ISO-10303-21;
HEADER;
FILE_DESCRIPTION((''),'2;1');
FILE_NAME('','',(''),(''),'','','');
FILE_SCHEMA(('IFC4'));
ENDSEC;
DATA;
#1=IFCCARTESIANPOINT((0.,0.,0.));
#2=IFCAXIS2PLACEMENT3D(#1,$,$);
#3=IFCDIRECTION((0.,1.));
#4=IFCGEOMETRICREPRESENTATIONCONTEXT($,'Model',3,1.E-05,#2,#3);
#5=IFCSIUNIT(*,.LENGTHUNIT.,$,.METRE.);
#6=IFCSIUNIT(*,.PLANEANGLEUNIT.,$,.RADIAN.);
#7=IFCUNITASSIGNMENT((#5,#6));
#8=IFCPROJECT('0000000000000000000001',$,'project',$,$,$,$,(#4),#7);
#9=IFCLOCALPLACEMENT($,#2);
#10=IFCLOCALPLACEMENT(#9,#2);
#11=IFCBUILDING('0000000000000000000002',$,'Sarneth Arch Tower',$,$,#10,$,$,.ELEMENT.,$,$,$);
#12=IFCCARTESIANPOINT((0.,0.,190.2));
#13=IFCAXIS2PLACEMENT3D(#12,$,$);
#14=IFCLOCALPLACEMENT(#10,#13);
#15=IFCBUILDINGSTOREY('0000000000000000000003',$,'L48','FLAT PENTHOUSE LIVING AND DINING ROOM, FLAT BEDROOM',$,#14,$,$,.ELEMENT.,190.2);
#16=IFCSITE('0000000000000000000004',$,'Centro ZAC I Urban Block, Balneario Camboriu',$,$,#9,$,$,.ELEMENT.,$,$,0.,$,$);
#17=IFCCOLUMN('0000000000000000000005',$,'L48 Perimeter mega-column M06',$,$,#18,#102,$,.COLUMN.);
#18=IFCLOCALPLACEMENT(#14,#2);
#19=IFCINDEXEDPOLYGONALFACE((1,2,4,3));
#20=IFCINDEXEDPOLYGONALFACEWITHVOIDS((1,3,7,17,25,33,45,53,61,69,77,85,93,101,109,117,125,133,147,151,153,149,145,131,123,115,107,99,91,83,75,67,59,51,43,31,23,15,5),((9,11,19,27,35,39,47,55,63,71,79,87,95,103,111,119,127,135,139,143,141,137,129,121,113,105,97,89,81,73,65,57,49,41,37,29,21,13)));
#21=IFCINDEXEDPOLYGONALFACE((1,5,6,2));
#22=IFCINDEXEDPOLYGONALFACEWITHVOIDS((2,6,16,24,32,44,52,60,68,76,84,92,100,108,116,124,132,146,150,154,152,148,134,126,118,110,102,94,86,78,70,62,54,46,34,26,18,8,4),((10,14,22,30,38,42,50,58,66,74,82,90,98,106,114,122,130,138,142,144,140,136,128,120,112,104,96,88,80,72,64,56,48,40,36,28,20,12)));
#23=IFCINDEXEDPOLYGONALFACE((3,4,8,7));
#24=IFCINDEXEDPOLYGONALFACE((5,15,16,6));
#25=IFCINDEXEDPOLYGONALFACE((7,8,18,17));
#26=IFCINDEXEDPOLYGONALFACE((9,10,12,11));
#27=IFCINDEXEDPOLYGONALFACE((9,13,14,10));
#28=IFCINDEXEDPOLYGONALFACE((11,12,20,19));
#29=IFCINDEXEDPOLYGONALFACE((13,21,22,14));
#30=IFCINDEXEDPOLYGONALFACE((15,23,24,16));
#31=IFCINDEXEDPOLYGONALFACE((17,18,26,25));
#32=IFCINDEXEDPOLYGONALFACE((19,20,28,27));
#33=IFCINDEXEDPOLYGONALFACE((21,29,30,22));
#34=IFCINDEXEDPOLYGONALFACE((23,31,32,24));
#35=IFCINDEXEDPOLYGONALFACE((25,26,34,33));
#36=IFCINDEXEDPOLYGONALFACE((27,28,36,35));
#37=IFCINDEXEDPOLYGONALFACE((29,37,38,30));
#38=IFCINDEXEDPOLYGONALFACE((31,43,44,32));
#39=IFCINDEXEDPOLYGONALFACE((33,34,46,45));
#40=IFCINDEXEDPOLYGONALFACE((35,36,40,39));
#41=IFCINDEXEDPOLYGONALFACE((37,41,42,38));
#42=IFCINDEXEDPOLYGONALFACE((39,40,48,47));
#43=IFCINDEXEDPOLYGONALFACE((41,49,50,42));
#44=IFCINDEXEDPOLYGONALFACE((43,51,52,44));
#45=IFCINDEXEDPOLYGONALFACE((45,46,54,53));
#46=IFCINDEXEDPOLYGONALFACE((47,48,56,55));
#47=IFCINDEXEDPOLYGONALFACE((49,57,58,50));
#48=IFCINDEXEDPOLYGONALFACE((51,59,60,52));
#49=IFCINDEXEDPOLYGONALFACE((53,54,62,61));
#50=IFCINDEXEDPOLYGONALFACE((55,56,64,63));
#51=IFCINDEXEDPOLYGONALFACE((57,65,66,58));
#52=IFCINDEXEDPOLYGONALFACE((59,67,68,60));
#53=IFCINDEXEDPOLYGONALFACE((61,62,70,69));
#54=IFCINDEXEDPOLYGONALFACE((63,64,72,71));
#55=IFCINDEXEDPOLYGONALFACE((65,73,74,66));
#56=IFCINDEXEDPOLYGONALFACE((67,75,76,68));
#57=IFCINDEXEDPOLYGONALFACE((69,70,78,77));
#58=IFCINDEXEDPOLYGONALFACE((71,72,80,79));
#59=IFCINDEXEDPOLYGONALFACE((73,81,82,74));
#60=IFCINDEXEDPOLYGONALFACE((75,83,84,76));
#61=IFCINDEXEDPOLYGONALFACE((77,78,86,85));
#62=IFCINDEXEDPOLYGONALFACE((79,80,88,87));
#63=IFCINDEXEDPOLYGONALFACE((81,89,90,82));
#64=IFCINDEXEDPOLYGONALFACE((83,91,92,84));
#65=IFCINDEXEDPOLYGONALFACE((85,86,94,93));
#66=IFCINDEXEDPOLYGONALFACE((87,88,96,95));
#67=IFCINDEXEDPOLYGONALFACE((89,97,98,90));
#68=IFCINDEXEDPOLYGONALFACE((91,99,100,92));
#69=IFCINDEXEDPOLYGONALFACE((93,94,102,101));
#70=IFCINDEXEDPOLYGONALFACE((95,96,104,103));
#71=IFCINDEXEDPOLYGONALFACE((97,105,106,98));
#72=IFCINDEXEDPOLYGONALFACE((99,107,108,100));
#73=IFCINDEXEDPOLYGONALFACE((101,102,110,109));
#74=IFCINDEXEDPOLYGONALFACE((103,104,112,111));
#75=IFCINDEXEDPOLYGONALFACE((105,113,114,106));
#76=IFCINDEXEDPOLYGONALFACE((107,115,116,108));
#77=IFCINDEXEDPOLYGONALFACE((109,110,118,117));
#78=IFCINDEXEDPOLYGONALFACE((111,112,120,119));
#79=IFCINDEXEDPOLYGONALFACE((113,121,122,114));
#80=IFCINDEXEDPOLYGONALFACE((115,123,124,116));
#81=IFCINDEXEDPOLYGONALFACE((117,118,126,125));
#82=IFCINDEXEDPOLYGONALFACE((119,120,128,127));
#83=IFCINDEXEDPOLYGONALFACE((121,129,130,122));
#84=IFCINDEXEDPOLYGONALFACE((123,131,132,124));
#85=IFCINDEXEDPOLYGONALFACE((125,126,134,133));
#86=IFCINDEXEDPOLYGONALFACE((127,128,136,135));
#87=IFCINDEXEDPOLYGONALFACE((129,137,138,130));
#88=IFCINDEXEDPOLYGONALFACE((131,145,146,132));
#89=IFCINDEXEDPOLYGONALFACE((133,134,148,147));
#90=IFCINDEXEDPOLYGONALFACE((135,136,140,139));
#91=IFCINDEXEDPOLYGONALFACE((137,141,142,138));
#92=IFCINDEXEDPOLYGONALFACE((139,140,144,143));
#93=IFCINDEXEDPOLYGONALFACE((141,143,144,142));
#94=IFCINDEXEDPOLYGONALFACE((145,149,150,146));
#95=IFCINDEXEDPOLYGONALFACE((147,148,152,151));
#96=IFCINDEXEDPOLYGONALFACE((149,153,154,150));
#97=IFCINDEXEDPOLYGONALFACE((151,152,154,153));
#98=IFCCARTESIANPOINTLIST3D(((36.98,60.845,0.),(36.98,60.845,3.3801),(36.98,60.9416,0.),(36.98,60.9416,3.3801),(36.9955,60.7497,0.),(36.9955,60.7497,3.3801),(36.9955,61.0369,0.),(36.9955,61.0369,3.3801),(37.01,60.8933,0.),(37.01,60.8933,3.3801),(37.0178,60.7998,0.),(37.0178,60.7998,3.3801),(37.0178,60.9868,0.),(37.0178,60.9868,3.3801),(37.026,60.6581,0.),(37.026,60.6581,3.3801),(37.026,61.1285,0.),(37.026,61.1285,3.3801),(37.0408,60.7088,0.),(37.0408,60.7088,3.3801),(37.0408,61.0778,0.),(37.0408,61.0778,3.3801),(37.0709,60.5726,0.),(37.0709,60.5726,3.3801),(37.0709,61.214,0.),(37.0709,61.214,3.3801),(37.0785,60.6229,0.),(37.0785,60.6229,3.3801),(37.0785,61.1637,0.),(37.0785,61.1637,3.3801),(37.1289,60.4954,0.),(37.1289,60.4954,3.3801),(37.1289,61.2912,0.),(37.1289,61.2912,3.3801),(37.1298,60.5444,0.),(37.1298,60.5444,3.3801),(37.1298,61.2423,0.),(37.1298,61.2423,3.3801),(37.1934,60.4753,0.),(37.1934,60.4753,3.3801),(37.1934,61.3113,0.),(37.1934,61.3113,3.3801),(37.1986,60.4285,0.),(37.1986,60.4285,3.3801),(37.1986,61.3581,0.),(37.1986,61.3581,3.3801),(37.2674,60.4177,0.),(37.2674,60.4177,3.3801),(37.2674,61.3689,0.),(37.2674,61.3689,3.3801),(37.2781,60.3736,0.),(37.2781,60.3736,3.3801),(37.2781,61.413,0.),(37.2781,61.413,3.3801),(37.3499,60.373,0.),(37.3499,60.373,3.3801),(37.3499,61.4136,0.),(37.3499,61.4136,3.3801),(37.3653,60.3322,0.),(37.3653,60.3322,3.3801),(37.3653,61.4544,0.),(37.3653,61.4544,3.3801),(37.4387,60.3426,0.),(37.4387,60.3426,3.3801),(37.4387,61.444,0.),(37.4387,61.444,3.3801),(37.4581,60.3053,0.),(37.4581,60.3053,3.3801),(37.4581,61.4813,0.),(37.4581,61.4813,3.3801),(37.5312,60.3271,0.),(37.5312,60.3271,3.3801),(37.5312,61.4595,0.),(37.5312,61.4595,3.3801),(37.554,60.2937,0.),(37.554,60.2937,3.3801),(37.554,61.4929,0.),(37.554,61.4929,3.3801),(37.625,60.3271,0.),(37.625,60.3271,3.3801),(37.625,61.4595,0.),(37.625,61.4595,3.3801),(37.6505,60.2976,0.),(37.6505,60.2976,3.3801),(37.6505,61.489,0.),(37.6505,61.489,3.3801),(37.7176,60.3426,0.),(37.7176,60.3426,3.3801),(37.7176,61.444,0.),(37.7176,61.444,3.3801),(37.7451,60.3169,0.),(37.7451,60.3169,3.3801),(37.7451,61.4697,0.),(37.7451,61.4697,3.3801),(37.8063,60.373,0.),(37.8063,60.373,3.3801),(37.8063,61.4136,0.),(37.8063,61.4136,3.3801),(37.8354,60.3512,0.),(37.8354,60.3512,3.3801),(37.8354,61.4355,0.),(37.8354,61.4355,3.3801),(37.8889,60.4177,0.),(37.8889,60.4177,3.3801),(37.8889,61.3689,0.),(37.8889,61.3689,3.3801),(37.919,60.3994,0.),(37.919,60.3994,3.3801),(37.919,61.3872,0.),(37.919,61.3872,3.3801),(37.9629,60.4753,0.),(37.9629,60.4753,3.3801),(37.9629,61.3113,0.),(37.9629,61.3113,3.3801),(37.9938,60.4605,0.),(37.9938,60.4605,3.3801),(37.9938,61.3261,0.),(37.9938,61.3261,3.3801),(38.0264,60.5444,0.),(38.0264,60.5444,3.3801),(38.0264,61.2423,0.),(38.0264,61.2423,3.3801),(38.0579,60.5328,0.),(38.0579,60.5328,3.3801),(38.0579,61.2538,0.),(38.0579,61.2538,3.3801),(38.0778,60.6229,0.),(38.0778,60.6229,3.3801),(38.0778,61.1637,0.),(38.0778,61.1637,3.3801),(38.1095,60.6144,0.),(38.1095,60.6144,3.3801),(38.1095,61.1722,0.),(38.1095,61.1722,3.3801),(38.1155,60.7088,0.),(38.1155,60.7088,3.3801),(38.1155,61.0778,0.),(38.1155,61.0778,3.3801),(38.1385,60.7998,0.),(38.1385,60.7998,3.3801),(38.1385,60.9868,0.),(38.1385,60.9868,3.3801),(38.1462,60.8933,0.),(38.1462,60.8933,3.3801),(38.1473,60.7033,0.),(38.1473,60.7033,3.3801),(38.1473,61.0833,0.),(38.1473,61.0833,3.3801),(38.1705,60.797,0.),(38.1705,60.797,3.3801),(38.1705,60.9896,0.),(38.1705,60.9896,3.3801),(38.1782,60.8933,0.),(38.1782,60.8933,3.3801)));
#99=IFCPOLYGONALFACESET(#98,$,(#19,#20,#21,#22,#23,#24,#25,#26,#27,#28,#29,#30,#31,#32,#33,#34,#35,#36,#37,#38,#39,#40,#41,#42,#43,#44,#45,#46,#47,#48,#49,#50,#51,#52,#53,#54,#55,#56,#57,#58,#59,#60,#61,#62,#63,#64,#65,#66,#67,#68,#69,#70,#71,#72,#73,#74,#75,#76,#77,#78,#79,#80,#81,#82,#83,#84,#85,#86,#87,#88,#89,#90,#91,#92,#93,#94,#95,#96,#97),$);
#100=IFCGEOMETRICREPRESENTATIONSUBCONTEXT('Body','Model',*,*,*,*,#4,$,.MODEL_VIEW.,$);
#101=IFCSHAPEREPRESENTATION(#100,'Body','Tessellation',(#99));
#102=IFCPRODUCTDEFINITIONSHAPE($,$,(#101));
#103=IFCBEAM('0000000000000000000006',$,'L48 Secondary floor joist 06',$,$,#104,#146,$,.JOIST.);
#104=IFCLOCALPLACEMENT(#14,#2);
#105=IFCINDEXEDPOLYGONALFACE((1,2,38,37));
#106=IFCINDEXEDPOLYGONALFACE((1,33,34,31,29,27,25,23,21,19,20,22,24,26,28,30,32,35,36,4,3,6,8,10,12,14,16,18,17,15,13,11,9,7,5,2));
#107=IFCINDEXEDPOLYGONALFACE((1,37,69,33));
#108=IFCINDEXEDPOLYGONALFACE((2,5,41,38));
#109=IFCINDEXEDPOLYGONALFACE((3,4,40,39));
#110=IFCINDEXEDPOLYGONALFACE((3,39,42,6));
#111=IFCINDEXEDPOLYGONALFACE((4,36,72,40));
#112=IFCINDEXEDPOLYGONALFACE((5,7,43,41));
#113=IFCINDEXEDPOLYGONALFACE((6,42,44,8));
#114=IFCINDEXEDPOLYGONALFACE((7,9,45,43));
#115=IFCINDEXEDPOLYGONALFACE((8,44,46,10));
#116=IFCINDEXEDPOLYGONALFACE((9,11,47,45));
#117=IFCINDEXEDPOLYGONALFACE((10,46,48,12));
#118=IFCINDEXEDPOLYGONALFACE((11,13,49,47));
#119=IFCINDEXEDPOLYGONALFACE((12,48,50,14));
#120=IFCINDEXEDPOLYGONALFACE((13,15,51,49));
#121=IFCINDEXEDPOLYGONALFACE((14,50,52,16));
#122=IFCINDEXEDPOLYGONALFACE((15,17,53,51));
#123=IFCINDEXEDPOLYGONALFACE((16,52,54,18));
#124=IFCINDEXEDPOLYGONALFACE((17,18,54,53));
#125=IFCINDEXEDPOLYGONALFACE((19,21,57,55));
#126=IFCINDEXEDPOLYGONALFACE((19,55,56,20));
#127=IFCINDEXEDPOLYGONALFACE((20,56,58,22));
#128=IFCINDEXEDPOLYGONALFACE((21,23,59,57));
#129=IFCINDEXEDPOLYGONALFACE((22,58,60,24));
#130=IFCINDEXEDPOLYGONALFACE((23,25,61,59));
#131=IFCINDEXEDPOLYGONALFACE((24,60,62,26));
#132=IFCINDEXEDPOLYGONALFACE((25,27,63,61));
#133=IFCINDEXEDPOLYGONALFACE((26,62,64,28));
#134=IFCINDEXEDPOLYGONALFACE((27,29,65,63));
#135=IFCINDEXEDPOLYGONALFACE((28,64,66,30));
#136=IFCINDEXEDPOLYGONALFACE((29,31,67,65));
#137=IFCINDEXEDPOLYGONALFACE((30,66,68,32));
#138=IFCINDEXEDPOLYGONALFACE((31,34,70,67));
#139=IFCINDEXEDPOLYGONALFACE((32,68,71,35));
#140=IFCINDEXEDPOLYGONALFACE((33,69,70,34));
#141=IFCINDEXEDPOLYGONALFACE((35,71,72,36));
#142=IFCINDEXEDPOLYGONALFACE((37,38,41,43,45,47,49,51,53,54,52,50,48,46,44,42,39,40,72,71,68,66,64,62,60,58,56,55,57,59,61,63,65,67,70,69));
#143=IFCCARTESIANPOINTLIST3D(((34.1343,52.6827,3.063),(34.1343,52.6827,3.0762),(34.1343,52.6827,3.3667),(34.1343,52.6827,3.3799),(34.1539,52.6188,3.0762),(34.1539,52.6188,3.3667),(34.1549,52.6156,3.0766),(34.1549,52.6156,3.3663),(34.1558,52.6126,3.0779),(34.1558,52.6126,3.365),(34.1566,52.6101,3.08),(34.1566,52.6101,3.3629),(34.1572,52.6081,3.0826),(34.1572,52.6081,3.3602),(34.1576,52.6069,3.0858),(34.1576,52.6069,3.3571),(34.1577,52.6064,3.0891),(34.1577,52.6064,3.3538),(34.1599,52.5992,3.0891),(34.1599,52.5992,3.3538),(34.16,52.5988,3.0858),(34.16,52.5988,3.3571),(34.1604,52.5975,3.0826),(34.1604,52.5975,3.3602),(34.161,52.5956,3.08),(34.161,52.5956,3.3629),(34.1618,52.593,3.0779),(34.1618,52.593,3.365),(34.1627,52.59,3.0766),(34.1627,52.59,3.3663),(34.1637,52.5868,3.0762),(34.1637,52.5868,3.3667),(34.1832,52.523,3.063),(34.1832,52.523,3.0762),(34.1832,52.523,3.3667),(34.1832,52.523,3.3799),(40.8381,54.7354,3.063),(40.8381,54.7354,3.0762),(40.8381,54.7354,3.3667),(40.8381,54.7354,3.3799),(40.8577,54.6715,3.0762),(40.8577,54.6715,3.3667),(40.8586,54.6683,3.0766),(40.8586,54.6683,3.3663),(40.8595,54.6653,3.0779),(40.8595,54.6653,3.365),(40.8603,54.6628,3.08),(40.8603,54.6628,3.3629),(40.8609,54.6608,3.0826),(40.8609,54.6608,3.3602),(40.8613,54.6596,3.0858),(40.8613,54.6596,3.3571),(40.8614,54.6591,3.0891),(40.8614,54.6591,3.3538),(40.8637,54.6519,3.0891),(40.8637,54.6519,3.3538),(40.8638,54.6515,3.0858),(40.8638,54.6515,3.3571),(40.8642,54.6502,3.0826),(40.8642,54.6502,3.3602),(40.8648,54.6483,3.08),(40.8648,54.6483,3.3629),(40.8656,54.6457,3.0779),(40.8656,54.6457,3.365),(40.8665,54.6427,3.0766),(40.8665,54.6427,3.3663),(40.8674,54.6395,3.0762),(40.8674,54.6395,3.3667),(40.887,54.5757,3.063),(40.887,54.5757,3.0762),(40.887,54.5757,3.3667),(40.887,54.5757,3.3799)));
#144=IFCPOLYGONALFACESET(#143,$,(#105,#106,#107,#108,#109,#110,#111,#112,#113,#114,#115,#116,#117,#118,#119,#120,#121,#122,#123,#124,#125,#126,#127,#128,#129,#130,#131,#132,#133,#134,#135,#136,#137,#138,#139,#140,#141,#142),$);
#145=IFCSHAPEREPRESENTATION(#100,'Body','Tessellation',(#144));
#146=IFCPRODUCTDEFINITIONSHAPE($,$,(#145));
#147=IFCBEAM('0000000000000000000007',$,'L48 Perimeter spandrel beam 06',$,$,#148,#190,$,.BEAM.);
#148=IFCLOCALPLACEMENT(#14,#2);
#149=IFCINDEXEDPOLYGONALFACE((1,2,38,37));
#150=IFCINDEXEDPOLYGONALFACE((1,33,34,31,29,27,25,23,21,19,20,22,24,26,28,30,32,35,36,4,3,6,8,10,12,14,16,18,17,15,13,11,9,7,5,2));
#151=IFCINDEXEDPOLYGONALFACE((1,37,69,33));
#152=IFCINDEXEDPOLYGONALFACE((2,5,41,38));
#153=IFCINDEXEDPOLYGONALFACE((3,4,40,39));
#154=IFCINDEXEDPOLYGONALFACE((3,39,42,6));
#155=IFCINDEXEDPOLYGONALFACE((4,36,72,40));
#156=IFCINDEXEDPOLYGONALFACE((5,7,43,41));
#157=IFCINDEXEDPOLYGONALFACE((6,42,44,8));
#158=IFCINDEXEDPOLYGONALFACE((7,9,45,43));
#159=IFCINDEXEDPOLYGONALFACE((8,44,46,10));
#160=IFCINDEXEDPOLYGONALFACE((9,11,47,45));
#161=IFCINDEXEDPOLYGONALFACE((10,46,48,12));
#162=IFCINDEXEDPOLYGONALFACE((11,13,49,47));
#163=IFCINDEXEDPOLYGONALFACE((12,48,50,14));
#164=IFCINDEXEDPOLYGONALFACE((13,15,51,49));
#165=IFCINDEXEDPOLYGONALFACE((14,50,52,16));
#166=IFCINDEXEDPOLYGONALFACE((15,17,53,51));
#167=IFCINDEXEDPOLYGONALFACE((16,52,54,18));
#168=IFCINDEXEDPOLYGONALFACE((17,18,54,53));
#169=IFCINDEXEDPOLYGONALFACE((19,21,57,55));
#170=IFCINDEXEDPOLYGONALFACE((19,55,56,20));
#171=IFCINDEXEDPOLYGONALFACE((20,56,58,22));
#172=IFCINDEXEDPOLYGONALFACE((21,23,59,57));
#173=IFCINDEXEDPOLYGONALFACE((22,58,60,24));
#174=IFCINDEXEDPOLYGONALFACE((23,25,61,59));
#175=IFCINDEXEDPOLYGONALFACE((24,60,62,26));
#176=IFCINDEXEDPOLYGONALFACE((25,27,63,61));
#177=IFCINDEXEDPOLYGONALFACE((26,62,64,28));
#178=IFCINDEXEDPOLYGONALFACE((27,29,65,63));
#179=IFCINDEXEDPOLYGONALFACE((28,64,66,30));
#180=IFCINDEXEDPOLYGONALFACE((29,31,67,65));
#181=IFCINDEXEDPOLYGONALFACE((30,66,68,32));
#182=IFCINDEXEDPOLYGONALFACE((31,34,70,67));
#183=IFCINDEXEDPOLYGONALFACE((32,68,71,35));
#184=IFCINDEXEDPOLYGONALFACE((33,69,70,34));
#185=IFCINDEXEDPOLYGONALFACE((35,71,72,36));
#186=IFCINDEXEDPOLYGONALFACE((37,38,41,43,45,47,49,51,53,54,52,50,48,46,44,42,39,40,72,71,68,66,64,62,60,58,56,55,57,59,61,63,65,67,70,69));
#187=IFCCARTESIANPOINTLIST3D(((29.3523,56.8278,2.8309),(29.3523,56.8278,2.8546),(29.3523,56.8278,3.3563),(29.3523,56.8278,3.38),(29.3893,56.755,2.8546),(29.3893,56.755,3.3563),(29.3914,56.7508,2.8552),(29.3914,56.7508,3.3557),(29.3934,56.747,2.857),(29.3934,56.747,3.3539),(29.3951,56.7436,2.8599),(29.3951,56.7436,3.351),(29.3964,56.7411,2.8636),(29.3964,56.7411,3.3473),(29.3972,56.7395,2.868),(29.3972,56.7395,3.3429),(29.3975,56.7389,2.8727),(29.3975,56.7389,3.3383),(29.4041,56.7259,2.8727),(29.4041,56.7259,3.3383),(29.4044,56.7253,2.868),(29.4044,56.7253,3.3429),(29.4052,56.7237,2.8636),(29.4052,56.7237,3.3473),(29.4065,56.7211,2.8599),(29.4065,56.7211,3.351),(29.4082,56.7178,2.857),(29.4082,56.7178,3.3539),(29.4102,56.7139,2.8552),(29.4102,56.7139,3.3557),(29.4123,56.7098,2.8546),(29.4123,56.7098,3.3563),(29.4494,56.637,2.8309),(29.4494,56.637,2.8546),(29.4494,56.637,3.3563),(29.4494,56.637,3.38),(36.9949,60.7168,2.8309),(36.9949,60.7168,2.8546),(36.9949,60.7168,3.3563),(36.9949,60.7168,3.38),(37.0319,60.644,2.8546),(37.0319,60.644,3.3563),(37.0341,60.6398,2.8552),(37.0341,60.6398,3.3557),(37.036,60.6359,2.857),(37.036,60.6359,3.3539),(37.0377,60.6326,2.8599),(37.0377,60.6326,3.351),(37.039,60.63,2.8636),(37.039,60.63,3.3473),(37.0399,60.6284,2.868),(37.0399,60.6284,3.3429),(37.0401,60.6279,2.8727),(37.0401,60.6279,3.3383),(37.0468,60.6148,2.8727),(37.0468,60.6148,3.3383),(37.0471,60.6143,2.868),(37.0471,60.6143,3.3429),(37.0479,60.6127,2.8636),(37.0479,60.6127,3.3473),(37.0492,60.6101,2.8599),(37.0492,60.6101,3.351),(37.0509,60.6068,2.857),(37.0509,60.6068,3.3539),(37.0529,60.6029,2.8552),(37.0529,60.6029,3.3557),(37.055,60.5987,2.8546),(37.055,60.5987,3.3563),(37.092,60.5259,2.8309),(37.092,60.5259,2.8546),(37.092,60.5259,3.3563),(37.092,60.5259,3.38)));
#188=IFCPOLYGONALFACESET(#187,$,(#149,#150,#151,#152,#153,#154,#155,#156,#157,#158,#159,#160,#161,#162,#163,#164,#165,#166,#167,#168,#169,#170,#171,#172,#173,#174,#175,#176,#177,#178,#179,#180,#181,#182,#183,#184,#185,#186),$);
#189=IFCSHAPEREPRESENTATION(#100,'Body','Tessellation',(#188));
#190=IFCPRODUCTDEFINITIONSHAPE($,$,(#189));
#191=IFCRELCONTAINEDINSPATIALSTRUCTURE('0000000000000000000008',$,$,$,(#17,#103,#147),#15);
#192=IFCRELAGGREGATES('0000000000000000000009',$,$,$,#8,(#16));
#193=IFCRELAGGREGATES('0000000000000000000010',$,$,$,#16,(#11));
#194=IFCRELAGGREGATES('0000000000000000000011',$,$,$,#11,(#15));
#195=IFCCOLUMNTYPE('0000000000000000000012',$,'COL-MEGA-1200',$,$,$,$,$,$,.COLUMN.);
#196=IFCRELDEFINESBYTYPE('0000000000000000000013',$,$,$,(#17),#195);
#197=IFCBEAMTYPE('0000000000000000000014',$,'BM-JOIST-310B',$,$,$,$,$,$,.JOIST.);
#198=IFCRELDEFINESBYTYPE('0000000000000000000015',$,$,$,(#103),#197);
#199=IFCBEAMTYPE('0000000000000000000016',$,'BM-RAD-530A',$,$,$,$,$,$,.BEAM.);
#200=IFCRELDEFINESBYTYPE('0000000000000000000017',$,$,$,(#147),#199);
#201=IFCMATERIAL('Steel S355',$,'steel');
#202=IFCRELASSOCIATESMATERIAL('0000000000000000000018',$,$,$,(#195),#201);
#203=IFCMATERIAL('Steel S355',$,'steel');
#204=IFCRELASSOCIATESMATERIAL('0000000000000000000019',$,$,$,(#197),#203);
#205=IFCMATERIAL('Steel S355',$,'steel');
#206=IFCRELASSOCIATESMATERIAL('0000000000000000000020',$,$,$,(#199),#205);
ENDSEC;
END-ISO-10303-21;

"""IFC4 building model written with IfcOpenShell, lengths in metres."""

from ifc_helpers import new_model, si_unit, direction, frame, origin, origin_2d, place, context, subcontext, project, spatial, hollow_circle, i_section, extrude, material, material_profile, profile_set, type_object, element, save


model = new_model("IFC4")

# Units and contexts
model_context = context("Model", 3, precision=1e-05, world=origin(), true_north=direction((0.0, 1.0)))
body_context = subcontext(model_context, "Body", "Model", "MODEL_VIEW")
ifc_project = project(units=[si_unit("LENGTHUNIT", "METRE"), si_unit("PLANEANGLEUNIT", "RADIAN")], contexts=[model_context])

# Site, building, storey
site_placement = place(None, origin())
site = spatial("IfcSite", under=ifc_project, at=site_placement, Name="Centro ZAC I Urban Block, Balneario Camboriu", CompositionType="ELEMENT", RefElevation=0.0)
building_placement = place(site_placement, origin())
building = spatial("IfcBuilding", under=site, at=building_placement, Name="Sarneth Arch Tower", CompositionType="ELEMENT")
storey_placement = place(building_placement, frame((0.0, 0.0, 190.2)))
storey = spatial("IfcBuildingStorey", under=building, at=storey_placement, Name="L48", Description="FLAT PENTHOUSE LIVING AND DINING ROOM, FLAT BEDROOM", CompositionType="ELEMENT", Elevation=190.2)

# Column
ifc_material_1 = material(Name="Steel S355", Category="steel")
ifc_material_profile_1 = material_profile(ifc_material_1, hollow_circle(Radius=0.6001, WallThickness=0.032, at=origin_2d()), Name="CHS1200x32")
ifc_profile_set_1 = profile_set([ifc_material_profile_1], Name="Steel S355")
column_type = type_object("IfcColumnType", Name="COL-MEGA-1200", PredefinedType="COLUMN", material=ifc_profile_set_1)
column_placement = place(storey_placement, frame((37.5781, 60.8933, 0.0), z_axis=(0.0, 0.0, 1.0), x_axis=(1.0, 0.0, 0.0)))
element("IfcColumn", 1, at=column_placement, inside=storey, type_object=column_type, Name="L48 Perimeter mega-column M06", PredefinedType="COLUMN", context=body_context, shape_type="SweptSolid", body=[
    extrude(hollow_circle(Radius=0.6001, WallThickness=0.032, at=origin_2d()), origin(), (0.0, 0.0, 1.0), 3.3801),
])

# Beams
ifc_material_2 = material(Name="Steel S355", Category="steel")
ifc_material_profile_2 = material_profile(ifc_material_2, i_section(OverallWidth=0.167, OverallDepth=0.3169, WebThickness=0.0076, FlangeThickness=0.0132, FilletRadius=0.0129, at=origin_2d()), Name="W310x52")
ifc_profile_set_2 = profile_set([ifc_material_profile_2], Name="Steel S355")
beam_type_1 = type_object("IfcBeamType", Name="BM-JOIST-310B", PredefinedType="JOIST", material=ifc_profile_set_2)
beam_1_placement = place(storey_placement, frame((40.8625, 54.6555, 3.2214), z_axis=(-0.956179, -0.292784, 0.0), x_axis=(0.292784, -0.956179, 0.0)))
element("IfcBeam", 2, at=beam_1_placement, inside=storey, type_object=beam_type_1, Name="L48 Secondary floor joist 06", PredefinedType="JOIST", context=body_context, shape_type="SweptSolid", body=[
    extrude(i_section(OverallWidth=0.167, OverallDepth=0.3169, WebThickness=0.0076, FlangeThickness=0.0132, FilletRadius=0.0129, at=origin_2d()), origin(), (0.0, 0.0, 1.0), 7.011),
])
ifc_material_3 = material(Name="Steel S355", Category="steel")
ifc_material_profile_3 = material_profile(ifc_material_3, i_section(OverallWidth=0.2141, OverallDepth=0.5491, WebThickness=0.0146, FlangeThickness=0.0237, FilletRadius=0.0181, at=origin_2d()), Name="W530x138")
ifc_profile_set_3 = profile_set([ifc_material_profile_3], Name="Steel S355")
beam_type_2 = type_object("IfcBeamType", Name="BM-RAD-530A", PredefinedType="BEAM", material=ifc_profile_set_3)
beam_2_placement = place(storey_placement, frame((37.0435, 60.6213, 3.1055), z_axis=(-0.89125, -0.453512, 0.0), x_axis=(0.453512, -0.89125, 0.0)))
element("IfcBeam", 3, at=beam_2_placement, inside=storey, type_object=beam_type_2, Name="L48 Perimeter spandrel beam 06", PredefinedType="BEAM", context=body_context, shape_type="SweptSolid", body=[
    extrude(i_section(OverallWidth=0.2141, OverallDepth=0.5491, WebThickness=0.0146, FlangeThickness=0.0237, FilletRadius=0.0181, at=origin_2d()), origin(), (0.0, 0.0, 1.0), 8.5752),
])

save(model, "model.ifc")
